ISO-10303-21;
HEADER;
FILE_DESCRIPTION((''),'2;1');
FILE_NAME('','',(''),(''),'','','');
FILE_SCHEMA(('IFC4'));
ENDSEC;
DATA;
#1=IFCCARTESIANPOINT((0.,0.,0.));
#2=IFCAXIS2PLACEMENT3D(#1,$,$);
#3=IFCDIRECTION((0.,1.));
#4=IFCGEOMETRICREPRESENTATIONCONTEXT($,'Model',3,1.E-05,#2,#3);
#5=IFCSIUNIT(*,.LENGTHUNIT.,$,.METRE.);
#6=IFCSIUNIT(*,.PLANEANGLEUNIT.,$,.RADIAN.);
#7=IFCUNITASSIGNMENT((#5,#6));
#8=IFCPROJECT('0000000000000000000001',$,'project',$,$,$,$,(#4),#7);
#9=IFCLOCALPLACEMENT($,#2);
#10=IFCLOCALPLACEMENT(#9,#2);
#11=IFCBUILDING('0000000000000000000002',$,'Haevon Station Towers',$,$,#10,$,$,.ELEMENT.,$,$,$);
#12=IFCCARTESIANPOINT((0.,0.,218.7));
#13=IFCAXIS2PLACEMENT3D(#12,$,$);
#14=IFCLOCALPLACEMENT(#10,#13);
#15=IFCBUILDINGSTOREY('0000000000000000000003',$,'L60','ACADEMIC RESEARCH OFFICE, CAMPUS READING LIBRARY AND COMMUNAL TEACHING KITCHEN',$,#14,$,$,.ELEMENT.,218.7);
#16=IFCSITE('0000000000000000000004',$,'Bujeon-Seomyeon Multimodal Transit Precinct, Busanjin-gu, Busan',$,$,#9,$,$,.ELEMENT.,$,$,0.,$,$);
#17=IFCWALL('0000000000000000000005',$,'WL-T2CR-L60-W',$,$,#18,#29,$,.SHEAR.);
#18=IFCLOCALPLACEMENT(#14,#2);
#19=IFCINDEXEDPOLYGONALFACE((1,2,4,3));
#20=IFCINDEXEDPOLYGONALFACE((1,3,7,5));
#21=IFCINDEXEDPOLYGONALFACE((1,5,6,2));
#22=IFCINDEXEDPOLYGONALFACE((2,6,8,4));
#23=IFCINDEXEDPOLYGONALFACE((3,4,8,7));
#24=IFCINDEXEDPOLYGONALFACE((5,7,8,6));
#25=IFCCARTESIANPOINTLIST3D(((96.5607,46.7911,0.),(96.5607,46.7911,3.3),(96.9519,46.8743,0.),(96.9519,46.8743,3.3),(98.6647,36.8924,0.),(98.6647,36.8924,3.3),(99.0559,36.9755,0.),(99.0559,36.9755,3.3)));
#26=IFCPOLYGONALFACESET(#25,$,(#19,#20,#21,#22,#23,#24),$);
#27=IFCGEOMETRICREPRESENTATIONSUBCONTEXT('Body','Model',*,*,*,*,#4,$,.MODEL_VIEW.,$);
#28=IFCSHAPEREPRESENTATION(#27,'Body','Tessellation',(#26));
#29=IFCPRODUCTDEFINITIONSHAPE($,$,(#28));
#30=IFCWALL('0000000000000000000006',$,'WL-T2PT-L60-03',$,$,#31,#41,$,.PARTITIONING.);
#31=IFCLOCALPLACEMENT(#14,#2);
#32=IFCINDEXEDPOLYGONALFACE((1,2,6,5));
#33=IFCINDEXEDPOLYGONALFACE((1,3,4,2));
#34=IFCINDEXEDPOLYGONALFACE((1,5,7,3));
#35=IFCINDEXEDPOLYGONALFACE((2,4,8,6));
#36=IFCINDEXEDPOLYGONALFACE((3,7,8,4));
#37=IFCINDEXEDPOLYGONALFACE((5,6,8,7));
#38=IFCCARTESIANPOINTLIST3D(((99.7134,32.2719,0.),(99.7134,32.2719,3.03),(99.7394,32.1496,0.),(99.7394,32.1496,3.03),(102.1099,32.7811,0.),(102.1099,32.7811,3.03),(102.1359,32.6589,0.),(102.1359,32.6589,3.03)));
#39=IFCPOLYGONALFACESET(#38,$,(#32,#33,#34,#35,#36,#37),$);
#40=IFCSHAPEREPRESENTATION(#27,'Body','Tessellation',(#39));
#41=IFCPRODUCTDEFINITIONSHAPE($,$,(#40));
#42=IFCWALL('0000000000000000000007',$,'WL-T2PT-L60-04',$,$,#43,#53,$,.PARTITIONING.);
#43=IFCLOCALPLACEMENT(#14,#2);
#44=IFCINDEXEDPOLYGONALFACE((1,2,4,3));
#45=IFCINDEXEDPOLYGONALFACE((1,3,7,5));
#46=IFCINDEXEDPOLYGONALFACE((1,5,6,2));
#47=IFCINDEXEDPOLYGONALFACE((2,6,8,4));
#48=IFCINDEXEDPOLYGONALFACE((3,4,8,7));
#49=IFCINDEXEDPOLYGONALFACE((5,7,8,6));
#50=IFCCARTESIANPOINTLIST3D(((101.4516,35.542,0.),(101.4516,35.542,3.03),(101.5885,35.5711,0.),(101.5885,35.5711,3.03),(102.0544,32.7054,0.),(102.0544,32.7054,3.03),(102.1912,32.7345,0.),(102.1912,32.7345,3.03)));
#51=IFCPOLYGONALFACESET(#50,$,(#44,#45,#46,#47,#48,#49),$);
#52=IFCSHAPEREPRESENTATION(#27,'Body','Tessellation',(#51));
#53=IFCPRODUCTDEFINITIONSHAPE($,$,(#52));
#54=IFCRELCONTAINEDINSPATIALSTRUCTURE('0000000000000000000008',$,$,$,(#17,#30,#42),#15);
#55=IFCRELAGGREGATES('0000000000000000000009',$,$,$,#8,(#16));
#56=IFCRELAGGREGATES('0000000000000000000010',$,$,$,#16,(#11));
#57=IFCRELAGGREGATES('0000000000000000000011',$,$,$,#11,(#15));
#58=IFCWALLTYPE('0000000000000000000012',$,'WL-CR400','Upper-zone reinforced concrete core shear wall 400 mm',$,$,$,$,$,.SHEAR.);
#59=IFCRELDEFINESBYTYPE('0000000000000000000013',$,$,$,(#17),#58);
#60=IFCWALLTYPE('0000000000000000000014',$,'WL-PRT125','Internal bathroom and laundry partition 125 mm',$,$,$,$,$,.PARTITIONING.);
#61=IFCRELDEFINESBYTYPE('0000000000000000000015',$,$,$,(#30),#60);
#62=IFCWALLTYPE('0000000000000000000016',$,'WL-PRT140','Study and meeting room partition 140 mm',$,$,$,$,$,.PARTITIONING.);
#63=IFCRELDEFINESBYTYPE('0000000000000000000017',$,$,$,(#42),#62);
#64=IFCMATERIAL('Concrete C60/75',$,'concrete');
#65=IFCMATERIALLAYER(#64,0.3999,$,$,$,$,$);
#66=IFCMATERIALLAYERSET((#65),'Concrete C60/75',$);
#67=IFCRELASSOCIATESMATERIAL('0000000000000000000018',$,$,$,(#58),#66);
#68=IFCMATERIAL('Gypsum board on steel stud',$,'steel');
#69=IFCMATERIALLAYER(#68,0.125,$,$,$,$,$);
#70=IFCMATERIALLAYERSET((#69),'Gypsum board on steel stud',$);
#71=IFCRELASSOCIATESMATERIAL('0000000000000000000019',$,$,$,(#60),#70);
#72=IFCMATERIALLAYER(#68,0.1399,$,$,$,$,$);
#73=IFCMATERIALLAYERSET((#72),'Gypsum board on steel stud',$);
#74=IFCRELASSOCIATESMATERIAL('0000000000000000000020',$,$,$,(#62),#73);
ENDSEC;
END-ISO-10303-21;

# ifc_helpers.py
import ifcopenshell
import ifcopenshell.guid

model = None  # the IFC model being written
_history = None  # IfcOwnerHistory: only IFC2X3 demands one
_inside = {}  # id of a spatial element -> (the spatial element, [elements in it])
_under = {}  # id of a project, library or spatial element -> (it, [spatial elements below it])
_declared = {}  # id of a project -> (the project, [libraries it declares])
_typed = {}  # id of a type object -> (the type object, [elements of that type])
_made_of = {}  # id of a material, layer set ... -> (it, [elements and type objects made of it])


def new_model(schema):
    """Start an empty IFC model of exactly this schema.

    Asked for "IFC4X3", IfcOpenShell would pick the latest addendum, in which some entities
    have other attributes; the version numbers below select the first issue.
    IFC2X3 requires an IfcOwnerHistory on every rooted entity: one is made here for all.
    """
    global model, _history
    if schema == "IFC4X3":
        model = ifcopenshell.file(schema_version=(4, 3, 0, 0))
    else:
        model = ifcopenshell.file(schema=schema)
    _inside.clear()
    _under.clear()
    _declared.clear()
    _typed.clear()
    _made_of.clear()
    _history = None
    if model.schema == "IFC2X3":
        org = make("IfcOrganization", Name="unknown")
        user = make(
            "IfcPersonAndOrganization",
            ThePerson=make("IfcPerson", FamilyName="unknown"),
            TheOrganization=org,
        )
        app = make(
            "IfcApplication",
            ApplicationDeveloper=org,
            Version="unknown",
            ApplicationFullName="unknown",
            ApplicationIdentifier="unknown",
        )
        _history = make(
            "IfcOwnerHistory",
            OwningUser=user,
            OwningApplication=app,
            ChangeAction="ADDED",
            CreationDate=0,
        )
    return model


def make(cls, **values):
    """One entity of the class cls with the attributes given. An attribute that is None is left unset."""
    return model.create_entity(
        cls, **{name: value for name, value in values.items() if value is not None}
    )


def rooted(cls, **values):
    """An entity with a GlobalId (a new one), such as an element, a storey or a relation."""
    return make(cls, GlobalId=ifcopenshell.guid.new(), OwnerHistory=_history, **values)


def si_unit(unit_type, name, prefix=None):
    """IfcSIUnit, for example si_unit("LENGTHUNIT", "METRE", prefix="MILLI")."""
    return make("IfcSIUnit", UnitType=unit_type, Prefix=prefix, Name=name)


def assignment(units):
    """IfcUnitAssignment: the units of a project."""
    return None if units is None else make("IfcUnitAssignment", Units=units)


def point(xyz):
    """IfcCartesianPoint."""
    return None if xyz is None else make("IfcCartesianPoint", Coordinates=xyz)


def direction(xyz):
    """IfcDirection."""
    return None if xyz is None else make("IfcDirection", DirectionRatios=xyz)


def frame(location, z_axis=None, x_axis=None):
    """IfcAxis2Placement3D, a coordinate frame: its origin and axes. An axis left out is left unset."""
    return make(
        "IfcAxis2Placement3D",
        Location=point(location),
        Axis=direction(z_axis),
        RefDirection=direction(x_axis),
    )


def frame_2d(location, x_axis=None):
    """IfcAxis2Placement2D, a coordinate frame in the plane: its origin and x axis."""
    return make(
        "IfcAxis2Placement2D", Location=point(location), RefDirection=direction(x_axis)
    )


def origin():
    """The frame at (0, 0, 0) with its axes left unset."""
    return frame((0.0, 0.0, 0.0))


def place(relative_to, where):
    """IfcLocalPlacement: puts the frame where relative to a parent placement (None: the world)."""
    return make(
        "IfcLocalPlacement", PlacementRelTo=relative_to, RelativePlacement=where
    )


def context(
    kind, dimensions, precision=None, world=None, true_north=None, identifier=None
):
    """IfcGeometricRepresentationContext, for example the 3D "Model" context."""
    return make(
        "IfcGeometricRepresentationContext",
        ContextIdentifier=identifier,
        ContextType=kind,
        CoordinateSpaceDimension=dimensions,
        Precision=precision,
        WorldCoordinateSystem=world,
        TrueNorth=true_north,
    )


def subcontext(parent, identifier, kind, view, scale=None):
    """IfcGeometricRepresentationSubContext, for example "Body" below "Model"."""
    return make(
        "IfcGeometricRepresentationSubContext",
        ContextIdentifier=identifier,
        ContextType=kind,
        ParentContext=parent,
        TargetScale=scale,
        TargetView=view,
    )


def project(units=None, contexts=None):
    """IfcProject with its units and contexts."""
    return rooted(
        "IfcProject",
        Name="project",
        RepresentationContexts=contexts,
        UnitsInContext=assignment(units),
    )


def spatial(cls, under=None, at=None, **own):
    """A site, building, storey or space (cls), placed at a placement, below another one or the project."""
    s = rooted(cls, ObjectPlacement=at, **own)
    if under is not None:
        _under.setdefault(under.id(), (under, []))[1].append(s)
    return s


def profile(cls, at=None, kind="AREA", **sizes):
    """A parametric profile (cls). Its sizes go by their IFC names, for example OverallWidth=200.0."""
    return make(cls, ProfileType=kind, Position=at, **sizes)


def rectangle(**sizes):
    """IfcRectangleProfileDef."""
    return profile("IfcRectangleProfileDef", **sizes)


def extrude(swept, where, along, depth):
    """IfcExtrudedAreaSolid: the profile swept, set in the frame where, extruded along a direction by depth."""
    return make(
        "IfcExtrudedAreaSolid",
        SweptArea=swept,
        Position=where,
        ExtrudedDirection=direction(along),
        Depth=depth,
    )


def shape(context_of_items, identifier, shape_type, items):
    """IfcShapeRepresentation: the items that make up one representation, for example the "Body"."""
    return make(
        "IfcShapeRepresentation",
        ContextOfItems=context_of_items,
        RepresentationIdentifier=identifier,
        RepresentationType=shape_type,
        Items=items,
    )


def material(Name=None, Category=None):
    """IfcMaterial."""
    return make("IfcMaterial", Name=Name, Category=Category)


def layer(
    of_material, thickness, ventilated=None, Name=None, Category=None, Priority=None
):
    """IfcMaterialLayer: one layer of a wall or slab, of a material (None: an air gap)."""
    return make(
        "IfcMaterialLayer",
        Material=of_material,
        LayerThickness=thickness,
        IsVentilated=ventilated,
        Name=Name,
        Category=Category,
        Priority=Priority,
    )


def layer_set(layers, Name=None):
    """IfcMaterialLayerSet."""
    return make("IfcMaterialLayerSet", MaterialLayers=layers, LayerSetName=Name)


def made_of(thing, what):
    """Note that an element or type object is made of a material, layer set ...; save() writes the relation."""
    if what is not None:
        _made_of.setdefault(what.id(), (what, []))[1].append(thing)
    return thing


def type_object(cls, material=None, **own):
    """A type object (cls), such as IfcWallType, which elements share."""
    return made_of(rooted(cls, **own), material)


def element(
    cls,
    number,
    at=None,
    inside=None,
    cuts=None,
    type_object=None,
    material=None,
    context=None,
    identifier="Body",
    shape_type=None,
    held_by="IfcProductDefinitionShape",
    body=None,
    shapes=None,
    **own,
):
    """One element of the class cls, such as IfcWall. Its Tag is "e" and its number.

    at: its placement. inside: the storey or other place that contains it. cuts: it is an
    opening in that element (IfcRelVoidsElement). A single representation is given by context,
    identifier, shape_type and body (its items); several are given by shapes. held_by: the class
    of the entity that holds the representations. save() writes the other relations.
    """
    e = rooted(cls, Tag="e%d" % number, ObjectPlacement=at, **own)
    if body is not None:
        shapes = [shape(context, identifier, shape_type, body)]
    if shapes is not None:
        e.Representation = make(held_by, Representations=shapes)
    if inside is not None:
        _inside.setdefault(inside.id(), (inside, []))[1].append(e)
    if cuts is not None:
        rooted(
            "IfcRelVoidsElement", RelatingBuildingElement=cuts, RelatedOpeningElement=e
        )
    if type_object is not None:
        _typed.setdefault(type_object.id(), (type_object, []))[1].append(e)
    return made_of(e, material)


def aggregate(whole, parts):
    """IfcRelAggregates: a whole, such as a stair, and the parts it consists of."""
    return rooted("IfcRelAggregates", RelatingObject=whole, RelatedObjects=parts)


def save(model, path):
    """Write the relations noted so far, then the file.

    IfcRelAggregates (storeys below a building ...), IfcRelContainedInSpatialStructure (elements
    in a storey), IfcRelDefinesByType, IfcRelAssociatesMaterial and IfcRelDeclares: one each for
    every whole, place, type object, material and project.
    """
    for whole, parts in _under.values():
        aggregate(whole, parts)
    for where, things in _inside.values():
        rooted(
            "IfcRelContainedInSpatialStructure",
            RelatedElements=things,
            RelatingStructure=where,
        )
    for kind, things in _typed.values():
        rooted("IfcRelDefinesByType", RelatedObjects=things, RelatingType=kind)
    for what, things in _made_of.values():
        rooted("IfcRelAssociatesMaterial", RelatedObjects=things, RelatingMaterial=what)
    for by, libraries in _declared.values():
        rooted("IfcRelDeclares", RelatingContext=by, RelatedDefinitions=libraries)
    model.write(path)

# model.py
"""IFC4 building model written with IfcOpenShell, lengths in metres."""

from ifc_helpers import new_model, si_unit, direction, frame, frame_2d, origin, place, context, subcontext, project, spatial, rectangle, extrude, material, layer, layer_set, type_object, element, save


model = new_model("IFC4")

# Units and contexts
model_context = context("Model", 3, precision=1e-05, world=origin(), true_north=direction((0.0, 1.0)))
body_context = subcontext(model_context, "Body", "Model", "MODEL_VIEW")
ifc_project = project(units=[si_unit("LENGTHUNIT", "METRE"), si_unit("PLANEANGLEUNIT", "RADIAN")], contexts=[model_context])

# Site, building, storey
site_placement = place(None, origin())
site = spatial("IfcSite", under=ifc_project, at=site_placement, Name="Bujeon-Seomyeon Multimodal Transit Precinct, Busanjin-gu, Busan", CompositionType="ELEMENT", RefElevation=0.0)
building_placement = place(site_placement, origin())
building = spatial("IfcBuilding", under=site, at=building_placement, Name="Haevon Station Towers", CompositionType="ELEMENT")
storey_placement = place(building_placement, frame((0.0, 0.0, 218.7)))
storey = spatial("IfcBuildingStorey", under=building, at=storey_placement, Name="L60", Description="ACADEMIC RESEARCH OFFICE, CAMPUS READING LIBRARY AND COMMUNAL TEACHING KITCHEN", CompositionType="ELEMENT", Elevation=218.7)

# Walls
ifc_material_1 = material(Name="Concrete C60/75", Category="concrete")
ifc_layer_1 = layer(ifc_material_1, 0.3999)
ifc_layer_set_1 = layer_set([ifc_layer_1], Name="Concrete C60/75")
wall_type_1 = type_object("IfcWallType", Name="WL-CR400", Description="Upper-zone reinforced concrete core shear wall 400 mm", PredefinedType="SHEAR", material=ifc_layer_set_1)
wall_1_placement = place(storey_placement, frame((98.8604, 36.9338, 0.0), z_axis=(0.0, 0.0, 1.0), x_axis=(-0.207909, 0.978148, 0.0)))
element("IfcWall", 1, at=wall_1_placement, inside=storey, type_object=wall_type_1, Name="WL-T2CR-L60-W", PredefinedType="SHEAR", context=body_context, shape_type="SweptSolid", body=[
    extrude(rectangle(XDim=10.1199, YDim=0.3999, at=frame_2d((5.0601, 0.0))), origin(), (0.0, 0.0, 1.0), 3.3),
])
ifc_material_2 = material(Name="Gypsum board on steel stud", Category="steel")
ifc_layer_2 = layer(ifc_material_2, 0.125)
ifc_layer_set_2 = layer_set([ifc_layer_2], Name="Gypsum board on steel stud")
wall_type_2 = type_object("IfcWallType", Name="WL-PRT125", Description="Internal bathroom and laundry partition 125 mm", PredefinedType="PARTITIONING", material=ifc_layer_set_2)
wall_2_placement = place(storey_placement, frame((99.7263, 32.2107, 0.0), z_axis=(0.0, 0.0, 1.0), x_axis=(0.978157, 0.207868, 0.0)))
element("IfcWall", 2, at=wall_2_placement, inside=storey, type_object=wall_type_2, Name="WL-T2PT-L60-03", PredefinedType="PARTITIONING", context=body_context, shape_type="SweptSolid", body=[
    extrude(rectangle(XDim=2.45, YDim=0.125, at=frame_2d((1.2251, 0.0))), origin(), (0.0, 0.0, 1.0), 3.03),
])
ifc_layer_3 = layer(ifc_material_2, 0.1399)
ifc_layer_set_3 = layer_set([ifc_layer_3], Name="Gypsum board on steel stud")
wall_type_3 = type_object("IfcWallType", Name="WL-PRT140", Description="Study and meeting room partition 140 mm", PredefinedType="PARTITIONING", material=ifc_layer_set_3)
wall_3_placement = place(storey_placement, frame((102.1228, 32.72, 0.0), z_axis=(0.0, 0.0, 1.0), x_axis=(-0.207856, 0.978159, 0.0)))
element("IfcWall", 3, at=wall_3_placement, inside=storey, type_object=wall_type_3, Name="WL-T2PT-L60-04", PredefinedType="PARTITIONING", context=body_context, shape_type="SweptSolid", body=[
    extrude(rectangle(XDim=2.8999, YDim=0.1399, at=frame_2d((1.45, 0.0))), origin(), (0.0, 0.0, 1.0), 3.03),
])

save(model, "model.ifc")
